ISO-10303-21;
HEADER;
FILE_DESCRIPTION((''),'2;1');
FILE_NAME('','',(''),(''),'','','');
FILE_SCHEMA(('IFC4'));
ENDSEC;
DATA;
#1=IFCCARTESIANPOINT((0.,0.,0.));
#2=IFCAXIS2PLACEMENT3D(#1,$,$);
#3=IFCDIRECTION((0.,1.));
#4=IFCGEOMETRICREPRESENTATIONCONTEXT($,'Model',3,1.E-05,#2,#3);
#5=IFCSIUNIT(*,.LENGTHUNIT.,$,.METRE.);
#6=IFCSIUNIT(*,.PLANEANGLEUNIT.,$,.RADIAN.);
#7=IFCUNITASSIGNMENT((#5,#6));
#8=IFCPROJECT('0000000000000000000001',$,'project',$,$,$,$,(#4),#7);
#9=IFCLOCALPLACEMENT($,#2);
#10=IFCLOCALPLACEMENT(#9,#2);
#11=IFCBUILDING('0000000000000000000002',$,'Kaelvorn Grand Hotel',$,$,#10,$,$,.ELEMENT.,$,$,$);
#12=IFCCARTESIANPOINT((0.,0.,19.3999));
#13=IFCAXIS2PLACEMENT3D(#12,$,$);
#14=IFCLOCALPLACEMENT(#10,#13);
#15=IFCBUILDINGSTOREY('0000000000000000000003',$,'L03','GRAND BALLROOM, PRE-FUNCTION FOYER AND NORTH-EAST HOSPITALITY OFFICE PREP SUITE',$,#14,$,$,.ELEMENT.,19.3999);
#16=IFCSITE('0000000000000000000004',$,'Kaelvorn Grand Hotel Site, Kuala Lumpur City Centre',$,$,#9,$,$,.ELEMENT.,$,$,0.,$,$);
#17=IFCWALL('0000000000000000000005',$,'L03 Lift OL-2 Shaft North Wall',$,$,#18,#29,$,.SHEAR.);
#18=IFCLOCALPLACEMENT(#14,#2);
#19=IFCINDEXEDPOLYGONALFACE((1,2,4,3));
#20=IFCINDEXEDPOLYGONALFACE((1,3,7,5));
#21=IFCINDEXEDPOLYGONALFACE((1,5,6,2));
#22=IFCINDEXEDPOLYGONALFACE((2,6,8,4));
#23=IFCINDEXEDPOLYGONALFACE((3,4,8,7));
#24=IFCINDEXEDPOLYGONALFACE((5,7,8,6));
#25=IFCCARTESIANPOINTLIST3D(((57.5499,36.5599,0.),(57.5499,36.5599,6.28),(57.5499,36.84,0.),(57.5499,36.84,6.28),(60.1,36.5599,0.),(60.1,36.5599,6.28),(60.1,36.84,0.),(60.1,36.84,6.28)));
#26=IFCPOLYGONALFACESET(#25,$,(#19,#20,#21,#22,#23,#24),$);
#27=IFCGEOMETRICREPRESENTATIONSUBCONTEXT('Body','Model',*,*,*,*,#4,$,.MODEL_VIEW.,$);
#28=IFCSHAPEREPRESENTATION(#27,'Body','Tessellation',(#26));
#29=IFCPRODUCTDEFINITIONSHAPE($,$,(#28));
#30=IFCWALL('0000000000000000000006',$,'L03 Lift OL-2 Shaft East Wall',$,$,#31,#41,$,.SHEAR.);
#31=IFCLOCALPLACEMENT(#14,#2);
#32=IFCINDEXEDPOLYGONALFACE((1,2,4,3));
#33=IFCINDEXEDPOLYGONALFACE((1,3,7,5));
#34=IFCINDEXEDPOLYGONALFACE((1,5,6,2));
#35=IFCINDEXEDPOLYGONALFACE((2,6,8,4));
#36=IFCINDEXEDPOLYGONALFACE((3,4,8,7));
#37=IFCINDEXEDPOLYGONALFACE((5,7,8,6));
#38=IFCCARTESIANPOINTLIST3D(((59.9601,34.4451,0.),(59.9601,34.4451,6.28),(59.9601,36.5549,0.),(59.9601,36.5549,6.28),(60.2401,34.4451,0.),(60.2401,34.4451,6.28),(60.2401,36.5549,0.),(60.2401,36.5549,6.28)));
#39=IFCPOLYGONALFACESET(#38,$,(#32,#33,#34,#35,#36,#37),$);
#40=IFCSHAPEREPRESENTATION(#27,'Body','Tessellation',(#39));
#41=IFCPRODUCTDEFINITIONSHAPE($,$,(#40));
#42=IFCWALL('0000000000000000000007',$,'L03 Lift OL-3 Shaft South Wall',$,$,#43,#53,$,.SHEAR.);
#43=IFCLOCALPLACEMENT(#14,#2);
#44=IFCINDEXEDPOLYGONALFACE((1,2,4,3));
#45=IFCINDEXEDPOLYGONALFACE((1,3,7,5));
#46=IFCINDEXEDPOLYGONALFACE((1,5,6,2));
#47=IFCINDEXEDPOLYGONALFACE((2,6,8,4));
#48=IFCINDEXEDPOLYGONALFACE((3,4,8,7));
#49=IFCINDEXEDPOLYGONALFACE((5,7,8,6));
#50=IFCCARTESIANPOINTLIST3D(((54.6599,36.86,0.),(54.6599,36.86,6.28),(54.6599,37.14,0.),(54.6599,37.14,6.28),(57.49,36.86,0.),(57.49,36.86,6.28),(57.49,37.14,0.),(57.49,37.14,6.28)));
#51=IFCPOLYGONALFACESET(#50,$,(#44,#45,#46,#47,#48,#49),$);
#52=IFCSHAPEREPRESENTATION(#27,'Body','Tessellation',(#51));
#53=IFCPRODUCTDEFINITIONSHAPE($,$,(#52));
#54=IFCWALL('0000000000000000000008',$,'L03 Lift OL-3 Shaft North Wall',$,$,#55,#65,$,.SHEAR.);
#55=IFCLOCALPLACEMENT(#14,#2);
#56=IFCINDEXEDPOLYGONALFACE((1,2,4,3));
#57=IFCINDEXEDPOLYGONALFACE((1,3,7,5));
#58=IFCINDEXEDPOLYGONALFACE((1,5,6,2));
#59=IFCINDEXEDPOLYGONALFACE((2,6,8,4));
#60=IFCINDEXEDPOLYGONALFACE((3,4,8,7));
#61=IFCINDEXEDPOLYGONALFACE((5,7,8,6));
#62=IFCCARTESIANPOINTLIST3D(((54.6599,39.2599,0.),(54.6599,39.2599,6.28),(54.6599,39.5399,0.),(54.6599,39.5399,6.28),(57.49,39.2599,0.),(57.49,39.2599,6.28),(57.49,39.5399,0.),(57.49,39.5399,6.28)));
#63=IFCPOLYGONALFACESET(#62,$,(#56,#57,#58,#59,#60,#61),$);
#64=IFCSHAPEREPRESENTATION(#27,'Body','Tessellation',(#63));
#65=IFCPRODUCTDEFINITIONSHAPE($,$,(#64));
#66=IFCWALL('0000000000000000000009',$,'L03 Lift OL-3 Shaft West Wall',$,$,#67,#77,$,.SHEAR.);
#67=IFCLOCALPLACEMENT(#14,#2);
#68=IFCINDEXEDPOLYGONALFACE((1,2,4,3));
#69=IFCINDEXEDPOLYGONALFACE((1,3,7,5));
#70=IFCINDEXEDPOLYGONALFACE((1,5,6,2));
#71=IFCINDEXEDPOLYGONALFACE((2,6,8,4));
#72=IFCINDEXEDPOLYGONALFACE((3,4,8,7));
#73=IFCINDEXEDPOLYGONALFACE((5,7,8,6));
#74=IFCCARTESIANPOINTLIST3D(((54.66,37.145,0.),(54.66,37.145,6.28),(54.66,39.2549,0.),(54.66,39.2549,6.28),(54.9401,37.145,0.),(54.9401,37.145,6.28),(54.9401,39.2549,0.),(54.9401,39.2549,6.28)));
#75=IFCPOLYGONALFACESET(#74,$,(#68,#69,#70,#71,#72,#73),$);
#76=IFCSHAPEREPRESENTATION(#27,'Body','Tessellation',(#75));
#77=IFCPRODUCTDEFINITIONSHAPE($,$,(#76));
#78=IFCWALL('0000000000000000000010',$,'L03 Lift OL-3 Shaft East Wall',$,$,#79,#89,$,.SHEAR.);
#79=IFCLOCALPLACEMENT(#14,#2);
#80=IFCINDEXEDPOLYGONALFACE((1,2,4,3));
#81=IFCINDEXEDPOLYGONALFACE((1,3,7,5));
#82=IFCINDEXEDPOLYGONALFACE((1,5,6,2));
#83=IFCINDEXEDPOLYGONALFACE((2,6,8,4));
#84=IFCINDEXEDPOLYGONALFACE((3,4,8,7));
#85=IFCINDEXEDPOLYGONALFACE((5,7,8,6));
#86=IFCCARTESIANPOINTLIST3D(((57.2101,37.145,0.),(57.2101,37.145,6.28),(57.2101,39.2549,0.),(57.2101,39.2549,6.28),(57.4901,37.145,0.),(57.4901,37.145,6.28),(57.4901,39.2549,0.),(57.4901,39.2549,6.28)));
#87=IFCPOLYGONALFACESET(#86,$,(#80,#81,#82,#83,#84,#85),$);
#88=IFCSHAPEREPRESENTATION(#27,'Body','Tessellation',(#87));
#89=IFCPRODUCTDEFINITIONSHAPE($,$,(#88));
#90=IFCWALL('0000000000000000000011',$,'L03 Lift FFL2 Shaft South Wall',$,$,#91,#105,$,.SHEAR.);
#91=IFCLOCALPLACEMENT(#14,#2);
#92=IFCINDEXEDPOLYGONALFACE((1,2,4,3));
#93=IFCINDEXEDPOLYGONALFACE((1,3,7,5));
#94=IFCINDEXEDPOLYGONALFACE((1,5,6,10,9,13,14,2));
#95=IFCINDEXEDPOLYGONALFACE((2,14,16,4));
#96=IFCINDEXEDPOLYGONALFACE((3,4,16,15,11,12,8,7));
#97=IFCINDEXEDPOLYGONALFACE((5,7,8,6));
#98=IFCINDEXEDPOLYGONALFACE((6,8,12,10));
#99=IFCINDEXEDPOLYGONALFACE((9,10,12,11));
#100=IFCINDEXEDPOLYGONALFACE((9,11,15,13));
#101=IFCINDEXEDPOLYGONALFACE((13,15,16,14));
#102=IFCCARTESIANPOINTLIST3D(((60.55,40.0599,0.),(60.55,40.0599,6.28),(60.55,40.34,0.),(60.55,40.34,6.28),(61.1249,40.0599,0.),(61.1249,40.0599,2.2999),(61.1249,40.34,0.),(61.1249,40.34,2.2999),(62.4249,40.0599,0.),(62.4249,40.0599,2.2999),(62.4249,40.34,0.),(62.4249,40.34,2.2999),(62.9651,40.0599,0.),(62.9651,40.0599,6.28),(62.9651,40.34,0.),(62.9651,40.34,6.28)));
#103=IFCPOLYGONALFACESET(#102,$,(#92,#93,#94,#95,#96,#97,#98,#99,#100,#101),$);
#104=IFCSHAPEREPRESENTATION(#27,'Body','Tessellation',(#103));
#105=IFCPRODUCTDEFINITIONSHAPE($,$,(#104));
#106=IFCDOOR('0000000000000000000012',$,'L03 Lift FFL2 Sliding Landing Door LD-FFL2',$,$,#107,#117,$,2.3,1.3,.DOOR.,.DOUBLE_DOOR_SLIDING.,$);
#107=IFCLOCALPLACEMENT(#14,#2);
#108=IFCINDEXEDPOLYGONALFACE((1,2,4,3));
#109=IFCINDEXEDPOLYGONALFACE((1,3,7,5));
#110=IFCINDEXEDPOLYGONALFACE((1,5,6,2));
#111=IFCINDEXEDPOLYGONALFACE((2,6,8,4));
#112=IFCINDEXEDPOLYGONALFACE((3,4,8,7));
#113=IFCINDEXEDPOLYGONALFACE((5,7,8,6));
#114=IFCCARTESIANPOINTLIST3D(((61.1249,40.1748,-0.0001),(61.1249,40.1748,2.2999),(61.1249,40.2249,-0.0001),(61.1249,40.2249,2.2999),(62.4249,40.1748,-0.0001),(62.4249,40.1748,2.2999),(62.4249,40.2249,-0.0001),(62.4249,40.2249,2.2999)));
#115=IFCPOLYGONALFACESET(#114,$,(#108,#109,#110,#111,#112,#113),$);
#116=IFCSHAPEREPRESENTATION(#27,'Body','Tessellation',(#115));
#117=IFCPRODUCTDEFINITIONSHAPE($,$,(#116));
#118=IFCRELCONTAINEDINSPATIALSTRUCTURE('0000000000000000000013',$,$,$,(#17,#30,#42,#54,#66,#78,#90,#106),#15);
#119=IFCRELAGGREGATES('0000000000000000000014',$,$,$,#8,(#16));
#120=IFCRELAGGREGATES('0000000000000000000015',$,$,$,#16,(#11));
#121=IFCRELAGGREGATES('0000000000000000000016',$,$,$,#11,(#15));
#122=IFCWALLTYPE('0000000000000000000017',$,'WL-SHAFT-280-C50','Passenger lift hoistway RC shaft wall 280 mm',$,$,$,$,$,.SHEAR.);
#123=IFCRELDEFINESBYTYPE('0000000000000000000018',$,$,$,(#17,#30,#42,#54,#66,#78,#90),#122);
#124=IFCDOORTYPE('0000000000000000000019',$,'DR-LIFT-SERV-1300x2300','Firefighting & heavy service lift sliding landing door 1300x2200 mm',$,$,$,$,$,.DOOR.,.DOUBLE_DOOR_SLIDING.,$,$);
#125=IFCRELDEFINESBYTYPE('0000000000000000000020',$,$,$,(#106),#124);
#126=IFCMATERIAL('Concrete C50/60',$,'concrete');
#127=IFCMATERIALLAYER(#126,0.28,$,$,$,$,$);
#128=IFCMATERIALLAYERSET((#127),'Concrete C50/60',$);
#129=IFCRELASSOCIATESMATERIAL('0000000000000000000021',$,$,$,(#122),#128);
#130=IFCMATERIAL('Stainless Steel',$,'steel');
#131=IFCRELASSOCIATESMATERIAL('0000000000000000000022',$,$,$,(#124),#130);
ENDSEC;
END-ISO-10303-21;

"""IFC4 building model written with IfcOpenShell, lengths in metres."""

from ifc_helpers import new_model, si_unit, direction, frame, frame_2d, origin, place, context, subcontext, project, spatial, rectangle, extrude, material, layer, layer_set, type_object, element, fill, save


model = new_model("IFC4")

# Units and contexts
model_context = context("Model", 3, precision=1e-05, world=origin(), true_north=direction((0.0, 1.0)))
body_context = subcontext(model_context, "Body", "Model", "MODEL_VIEW")
ifc_project = project(units=[si_unit("LENGTHUNIT", "METRE"), si_unit("PLANEANGLEUNIT", "RADIAN")], contexts=[model_context])

# Site, building, storey
site_placement = place(None, origin())
site = spatial("IfcSite", under=ifc_project, at=site_placement, Name="Kaelvorn Grand Hotel Site, Kuala Lumpur City Centre", CompositionType="ELEMENT", RefElevation=0.0)
building_placement = place(site_placement, origin())
building = spatial("IfcBuilding", under=site, at=building_placement, Name="Kaelvorn Grand Hotel", CompositionType="ELEMENT")
storey_placement = place(building_placement, frame((0.0, 0.0, 19.3999)))
storey = spatial("IfcBuildingStorey", under=building, at=storey_placement, Name="L03", Description="GRAND BALLROOM, PRE-FUNCTION FOYER AND NORTH-EAST HOSPITALITY OFFICE PREP SUITE", CompositionType="ELEMENT", Elevation=19.3999)

# Walls
ifc_material_1 = material(Name="Concrete C50/60", Category="concrete")
ifc_layer_1 = layer(ifc_material_1, 0.28)
ifc_layer_set_1 = layer_set([ifc_layer_1], Name="Concrete C50/60")
wall_type_1 = type_object("IfcWallType", Name="WL-SHAFT-280-C50", Description="Passenger lift hoistway RC shaft wall 280 mm", PredefinedType="SHEAR", material=ifc_layer_set_1)
for number, where, z_axis, x_axis, name in (
    (1, (57.55, 36.7, 0.0), (0.0, 0.0, 1.0), (1.0, 0.0, 0.0), "L03 Lift OL-2 Shaft North Wall"),
):
    element("IfcWall", number, at=place(storey_placement, frame(where, z_axis=z_axis, x_axis=x_axis)), inside=storey, type_object=wall_type_1, Name=name, PredefinedType="SHEAR", context=body_context, shape_type="SweptSolid", body=[
        extrude(rectangle(XDim=2.55, YDim=0.28, at=frame_2d((1.2749, 0.0))), origin(), (0.0, 0.0, 1.0), 6.28),
    ])
wall_1_placement = place(storey_placement, frame((60.1001, 34.4451, 0.0), z_axis=(0.0, 0.0, 1.0), x_axis=(0.0, 1.0, 0.0)))
element("IfcWall", 2, at=wall_1_placement, inside=storey, type_object=wall_type_1, Name="L03 Lift OL-2 Shaft East Wall", PredefinedType="SHEAR", context=body_context, shape_type="SweptSolid", body=[
    extrude(rectangle(XDim=2.1099, YDim=0.28, at=frame_2d((1.0549, 0.0))), origin(), (0.0, 0.0, 1.0), 6.28),
])
for number, where, z_axis, x_axis, name in (
    (3, (54.6599, 37.0, 0.0), (0.0, 0.0, 1.0), (1.0, 0.0, 0.0), "L03 Lift OL-3 Shaft South Wall"),
    (4, (54.6599, 39.3999, 0.0), (0.0, 0.0, 1.0), (1.0, 0.0, 0.0), "L03 Lift OL-3 Shaft North Wall"),
):
    element("IfcWall", number, at=place(storey_placement, frame(where, z_axis=z_axis, x_axis=x_axis)), inside=storey, type_object=wall_type_1, Name=name, PredefinedType="SHEAR", context=body_context, shape_type="SweptSolid", body=[
        extrude(rectangle(XDim=2.8301, YDim=0.28, at=frame_2d((1.415, 0.0))), origin(), (0.0, 0.0, 1.0), 6.28),
    ])
for number, where, z_axis, x_axis, name in (
    (5, (54.8, 37.145, 0.0), (0.0, 0.0, 1.0), (0.0, 1.0, 0.0), "L03 Lift OL-3 Shaft West Wall"),
    (6, (57.3501, 37.145, 0.0), (0.0, 0.0, 1.0), (0.0, 1.0, 0.0), "L03 Lift OL-3 Shaft East Wall"),
):
    element("IfcWall", number, at=place(storey_placement, frame(where, z_axis=z_axis, x_axis=x_axis)), inside=storey, type_object=wall_type_1, Name=name, PredefinedType="SHEAR", context=body_context, shape_type="SweptSolid", body=[
        extrude(rectangle(XDim=2.1099, YDim=0.28, at=frame_2d((1.0549, 0.0))), origin(), (0.0, 0.0, 1.0), 6.28),
    ])

# Wall, opening, door
wall_2_placement = place(storey_placement, frame((60.55, 40.2, 0.0), z_axis=(0.0, 0.0, 1.0), x_axis=(1.0, 0.0, 0.0)))
wall_2 = element("IfcWall", 7, at=wall_2_placement, inside=storey, type_object=wall_type_1, Name="L03 Lift FFL2 Shaft South Wall", PredefinedType="SHEAR", context=body_context, shape_type="SweptSolid", body=[
    extrude(rectangle(XDim=2.415, YDim=0.28, at=frame_2d((1.2075, 0.0))), origin(), (0.0, 0.0, 1.0), 6.28),
])
opening_1_placement = place(wall_2_placement, frame((0.575, 0.0, 0.0)))
opening_1 = element("IfcOpeningElement", 8, at=opening_1_placement, cuts=wall_2, PredefinedType="OPENING", context=body_context, shape_type="SweptSolid", body=[
    extrude(rectangle(XDim=1.3, YDim=2.3, at=frame_2d((0.6499, 1.1499))), frame((0.0, 0.1499, 0.0), z_axis=(0.0, -1.0, 0.0), x_axis=(1.0, 0.0, 0.0)), (0.0, 0.0, 1.0), 0.3),
])
ifc_material_2 = material(Name="Stainless Steel", Category="steel")
door_type_1 = type_object("IfcDoorType", Name="DR-LIFT-SERV-1300x2300", Description="Firefighting & heavy service lift sliding landing door 1300x2200 mm", OperationType="DOUBLE_DOOR_SLIDING", PredefinedType="DOOR", material=ifc_material_2)
door_1_placement = place(opening_1_placement, origin())
door_1 = element("IfcDoor", 9, at=door_1_placement, inside=storey, type_object=door_type_1, Name="L03 Lift FFL2 Sliding Landing Door LD-FFL2", OperationType="DOUBLE_DOOR_SLIDING", OverallHeight=2.3, OverallWidth=1.3, PredefinedType="DOOR", context=body_context, shape_type="SweptSolid", body=[
    extrude(rectangle(XDim=1.3, YDim=2.3, at=frame_2d((0.6499, 1.1499))), frame((0.0, 0.0249, 0.0), z_axis=(0.0, -1.0, 0.0), x_axis=(1.0, 0.0, 0.0)), (0.0, 0.0, 1.0), 0.05),
])
fill(opening_1, door_1)

save(model, "model.ifc")
